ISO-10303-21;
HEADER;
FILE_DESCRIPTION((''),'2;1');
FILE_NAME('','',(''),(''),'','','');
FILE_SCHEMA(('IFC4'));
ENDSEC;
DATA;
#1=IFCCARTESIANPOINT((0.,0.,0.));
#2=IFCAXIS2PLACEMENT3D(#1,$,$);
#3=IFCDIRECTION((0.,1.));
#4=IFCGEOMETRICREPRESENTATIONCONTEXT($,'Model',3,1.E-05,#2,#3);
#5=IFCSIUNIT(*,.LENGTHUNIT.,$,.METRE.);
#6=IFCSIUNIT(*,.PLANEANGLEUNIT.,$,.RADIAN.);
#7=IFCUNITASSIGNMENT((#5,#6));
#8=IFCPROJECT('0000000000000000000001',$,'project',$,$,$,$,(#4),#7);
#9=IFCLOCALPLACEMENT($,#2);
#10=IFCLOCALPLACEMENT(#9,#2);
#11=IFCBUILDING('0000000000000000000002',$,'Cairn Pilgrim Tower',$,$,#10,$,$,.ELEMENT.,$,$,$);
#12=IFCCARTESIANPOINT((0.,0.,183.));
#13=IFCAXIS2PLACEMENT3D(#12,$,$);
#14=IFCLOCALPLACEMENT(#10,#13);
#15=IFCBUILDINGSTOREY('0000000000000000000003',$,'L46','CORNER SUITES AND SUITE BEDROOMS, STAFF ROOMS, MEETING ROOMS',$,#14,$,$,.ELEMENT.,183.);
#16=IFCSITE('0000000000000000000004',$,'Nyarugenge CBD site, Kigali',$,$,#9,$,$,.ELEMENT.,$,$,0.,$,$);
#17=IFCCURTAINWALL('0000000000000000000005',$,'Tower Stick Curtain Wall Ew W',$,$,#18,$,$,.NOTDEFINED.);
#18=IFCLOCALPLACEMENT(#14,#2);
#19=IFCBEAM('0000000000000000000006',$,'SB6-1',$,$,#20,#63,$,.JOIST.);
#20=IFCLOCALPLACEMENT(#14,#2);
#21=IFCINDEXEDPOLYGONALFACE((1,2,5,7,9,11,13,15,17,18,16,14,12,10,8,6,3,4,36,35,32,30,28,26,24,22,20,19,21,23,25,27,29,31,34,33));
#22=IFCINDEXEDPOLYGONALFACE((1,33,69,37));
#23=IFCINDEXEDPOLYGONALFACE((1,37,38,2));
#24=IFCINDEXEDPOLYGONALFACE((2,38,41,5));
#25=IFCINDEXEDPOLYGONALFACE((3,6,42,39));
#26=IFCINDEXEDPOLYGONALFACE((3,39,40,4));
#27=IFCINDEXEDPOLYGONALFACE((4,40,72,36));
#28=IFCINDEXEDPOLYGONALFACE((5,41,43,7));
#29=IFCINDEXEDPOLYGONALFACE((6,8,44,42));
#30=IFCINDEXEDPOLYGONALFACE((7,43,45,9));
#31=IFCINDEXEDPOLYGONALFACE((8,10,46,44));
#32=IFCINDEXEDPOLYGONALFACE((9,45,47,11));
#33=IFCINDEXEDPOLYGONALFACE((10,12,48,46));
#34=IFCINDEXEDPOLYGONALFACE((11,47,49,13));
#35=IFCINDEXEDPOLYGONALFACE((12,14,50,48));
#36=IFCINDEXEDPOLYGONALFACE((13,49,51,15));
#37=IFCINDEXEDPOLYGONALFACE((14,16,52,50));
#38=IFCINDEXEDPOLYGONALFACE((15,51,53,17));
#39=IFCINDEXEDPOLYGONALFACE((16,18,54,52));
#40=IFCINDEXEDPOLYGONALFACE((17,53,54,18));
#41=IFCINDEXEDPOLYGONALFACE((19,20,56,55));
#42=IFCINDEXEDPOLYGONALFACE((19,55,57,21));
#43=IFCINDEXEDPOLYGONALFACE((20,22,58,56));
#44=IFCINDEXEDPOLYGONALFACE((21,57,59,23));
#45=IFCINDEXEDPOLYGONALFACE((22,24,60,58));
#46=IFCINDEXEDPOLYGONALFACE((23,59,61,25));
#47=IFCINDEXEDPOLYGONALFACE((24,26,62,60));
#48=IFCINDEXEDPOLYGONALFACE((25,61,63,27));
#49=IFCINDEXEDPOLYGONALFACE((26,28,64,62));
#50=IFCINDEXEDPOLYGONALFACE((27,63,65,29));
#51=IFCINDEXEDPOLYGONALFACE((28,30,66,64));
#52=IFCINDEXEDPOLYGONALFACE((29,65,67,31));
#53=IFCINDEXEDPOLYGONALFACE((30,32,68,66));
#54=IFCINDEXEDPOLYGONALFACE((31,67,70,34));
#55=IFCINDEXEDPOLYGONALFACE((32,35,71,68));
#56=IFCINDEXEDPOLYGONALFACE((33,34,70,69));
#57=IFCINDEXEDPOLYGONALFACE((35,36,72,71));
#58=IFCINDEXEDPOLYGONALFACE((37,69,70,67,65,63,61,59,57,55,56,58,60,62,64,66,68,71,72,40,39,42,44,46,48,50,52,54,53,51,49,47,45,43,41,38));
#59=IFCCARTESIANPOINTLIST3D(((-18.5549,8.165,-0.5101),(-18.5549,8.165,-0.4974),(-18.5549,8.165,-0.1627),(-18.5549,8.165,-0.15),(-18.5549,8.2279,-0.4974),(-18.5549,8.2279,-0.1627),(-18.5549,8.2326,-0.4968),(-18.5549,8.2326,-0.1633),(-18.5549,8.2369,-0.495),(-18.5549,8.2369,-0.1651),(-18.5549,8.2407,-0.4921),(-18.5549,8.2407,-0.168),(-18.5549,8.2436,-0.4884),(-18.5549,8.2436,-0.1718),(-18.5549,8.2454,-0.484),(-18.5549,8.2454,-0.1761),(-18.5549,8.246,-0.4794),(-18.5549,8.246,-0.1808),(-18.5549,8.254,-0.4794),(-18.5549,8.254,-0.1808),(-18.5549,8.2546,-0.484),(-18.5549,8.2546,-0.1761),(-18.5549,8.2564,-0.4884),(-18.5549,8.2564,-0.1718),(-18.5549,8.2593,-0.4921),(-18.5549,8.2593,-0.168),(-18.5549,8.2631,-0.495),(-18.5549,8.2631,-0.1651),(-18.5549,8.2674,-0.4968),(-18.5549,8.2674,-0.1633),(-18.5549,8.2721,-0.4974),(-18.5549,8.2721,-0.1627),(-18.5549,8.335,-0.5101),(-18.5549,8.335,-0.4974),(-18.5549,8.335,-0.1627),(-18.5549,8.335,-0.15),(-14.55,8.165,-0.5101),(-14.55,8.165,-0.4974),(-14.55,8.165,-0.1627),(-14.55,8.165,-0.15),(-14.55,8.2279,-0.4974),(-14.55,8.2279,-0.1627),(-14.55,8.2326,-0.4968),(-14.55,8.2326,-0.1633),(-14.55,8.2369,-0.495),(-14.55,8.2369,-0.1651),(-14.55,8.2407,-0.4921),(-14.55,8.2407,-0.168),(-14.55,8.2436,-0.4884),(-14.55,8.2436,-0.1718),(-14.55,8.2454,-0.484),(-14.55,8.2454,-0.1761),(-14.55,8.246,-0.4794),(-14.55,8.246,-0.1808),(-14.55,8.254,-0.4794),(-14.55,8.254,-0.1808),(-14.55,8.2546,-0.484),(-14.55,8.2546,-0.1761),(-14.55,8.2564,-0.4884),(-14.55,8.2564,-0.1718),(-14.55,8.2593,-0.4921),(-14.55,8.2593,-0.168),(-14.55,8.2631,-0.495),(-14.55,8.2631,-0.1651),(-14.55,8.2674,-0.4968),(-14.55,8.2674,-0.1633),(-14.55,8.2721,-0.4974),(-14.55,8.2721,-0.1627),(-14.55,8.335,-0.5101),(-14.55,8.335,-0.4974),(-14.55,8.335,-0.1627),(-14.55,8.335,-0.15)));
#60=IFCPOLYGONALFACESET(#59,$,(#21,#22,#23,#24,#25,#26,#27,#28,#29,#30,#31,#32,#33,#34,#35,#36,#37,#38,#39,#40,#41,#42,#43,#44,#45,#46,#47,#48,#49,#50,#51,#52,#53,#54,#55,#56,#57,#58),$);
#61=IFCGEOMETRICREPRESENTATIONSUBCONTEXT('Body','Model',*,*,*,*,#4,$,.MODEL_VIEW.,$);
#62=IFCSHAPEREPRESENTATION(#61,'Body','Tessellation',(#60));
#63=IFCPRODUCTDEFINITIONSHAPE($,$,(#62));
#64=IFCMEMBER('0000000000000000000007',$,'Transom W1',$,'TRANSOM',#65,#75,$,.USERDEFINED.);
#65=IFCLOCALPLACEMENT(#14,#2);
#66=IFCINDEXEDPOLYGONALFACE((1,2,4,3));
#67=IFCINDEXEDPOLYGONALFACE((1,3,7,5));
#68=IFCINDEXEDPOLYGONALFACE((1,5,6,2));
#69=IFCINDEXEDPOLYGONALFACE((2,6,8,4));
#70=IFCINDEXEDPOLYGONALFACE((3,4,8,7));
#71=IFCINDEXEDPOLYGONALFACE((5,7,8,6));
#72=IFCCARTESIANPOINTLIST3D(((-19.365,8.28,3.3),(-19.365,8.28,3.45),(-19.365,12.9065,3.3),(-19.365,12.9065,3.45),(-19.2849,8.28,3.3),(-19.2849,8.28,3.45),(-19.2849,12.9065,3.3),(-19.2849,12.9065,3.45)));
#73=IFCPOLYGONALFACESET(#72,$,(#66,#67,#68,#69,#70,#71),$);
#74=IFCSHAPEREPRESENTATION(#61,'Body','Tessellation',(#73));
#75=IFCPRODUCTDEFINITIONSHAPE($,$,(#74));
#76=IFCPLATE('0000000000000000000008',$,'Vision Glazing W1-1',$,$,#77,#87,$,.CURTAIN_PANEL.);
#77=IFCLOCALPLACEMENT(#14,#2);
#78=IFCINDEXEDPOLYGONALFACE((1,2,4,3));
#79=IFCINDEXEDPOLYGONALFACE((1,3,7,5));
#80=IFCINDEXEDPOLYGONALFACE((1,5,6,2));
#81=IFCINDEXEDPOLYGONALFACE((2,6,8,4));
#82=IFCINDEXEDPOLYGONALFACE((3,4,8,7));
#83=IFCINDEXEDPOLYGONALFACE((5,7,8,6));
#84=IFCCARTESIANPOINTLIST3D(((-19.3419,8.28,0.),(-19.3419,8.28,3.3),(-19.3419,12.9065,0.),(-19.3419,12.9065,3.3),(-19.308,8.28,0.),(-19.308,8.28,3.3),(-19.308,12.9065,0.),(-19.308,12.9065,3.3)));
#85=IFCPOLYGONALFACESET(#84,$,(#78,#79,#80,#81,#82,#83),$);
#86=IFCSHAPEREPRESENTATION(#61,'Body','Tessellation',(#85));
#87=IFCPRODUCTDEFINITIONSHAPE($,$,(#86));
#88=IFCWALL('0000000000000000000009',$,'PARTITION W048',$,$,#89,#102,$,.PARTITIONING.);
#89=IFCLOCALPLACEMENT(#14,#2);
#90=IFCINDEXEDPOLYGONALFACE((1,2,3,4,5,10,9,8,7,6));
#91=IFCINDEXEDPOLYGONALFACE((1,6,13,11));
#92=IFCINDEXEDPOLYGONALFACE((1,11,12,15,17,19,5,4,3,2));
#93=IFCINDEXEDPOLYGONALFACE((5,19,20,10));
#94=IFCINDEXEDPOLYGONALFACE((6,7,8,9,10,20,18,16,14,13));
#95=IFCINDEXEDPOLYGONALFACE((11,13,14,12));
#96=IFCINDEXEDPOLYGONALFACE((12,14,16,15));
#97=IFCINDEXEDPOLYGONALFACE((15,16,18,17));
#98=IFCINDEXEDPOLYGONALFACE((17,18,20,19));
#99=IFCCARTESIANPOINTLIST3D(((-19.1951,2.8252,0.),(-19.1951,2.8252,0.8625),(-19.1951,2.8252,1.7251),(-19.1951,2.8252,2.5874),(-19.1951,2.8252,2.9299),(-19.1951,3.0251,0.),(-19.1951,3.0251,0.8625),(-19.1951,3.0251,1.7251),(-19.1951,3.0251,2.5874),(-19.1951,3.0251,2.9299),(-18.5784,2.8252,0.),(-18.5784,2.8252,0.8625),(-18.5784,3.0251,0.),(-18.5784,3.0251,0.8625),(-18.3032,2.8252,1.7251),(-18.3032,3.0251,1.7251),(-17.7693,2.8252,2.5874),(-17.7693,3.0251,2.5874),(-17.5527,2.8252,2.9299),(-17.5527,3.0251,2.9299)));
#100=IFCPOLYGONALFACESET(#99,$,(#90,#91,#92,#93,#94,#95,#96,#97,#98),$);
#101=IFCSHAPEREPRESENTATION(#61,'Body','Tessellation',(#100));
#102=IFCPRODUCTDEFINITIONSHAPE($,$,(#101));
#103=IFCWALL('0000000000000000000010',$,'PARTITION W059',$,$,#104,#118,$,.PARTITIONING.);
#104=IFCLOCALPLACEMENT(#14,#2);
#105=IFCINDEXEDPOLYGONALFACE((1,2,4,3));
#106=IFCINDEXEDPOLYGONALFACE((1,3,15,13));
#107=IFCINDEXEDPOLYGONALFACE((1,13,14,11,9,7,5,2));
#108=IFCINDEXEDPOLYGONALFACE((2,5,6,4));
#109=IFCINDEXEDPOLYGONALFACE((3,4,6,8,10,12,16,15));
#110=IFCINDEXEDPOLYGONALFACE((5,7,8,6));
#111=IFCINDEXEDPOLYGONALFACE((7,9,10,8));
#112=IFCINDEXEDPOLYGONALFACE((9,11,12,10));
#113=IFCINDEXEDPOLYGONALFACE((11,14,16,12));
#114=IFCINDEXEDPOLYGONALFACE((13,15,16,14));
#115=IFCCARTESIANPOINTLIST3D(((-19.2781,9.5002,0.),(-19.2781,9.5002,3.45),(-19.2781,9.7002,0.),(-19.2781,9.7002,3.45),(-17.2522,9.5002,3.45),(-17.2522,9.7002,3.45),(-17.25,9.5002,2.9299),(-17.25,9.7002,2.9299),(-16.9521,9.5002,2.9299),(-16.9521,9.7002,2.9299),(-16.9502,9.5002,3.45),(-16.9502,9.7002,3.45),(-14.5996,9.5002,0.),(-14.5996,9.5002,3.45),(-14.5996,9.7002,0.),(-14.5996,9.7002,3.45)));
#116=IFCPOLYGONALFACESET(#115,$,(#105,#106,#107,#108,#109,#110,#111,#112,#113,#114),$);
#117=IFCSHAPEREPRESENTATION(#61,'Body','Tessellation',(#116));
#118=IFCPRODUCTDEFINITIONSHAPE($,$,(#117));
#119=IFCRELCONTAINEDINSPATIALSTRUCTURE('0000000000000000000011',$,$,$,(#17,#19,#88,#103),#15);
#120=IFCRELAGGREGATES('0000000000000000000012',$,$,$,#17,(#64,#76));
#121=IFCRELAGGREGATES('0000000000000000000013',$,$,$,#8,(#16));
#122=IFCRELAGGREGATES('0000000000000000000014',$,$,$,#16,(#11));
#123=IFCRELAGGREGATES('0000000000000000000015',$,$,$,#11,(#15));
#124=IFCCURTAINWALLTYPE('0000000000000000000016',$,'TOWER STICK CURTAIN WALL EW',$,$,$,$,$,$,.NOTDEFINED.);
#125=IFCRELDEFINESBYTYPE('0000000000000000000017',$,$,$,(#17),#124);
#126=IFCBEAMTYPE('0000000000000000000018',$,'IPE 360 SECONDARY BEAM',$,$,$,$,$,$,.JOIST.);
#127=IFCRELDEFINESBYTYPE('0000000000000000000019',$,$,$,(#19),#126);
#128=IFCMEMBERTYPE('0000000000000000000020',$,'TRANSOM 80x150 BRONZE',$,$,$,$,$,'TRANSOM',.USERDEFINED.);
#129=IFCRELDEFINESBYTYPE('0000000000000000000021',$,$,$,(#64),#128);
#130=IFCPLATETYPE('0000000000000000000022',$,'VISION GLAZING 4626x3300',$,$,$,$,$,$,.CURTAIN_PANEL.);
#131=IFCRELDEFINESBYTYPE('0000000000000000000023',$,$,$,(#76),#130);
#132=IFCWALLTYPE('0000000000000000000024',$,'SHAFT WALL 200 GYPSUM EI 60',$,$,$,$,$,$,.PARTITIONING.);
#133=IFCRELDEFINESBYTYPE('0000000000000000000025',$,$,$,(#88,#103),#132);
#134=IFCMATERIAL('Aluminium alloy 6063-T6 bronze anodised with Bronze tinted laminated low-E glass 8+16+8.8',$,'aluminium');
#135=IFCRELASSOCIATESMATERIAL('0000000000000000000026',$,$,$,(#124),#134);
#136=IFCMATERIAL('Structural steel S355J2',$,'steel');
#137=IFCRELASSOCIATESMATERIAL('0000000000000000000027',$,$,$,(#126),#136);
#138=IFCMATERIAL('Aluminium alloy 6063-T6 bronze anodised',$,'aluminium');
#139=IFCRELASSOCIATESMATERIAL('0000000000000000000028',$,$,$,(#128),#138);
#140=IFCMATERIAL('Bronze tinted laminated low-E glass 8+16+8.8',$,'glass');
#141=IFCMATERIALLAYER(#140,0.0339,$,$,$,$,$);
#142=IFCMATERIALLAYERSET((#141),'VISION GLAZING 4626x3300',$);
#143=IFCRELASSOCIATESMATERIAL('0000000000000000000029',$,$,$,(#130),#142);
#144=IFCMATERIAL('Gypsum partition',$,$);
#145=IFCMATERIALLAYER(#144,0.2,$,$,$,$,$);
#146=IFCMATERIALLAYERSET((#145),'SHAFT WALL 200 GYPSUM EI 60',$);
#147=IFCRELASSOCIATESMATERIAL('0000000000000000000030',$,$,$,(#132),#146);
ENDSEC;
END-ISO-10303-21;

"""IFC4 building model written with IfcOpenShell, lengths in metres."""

from ifc_helpers import new_model, si_unit, direction, frame, origin, origin_2d, place, context, subcontext, project, spatial, polyline, rectangle, i_section, outline, extrude, material, layer, layer_set, material_profile, profile_set, type_object, element, aggregate, save


model = new_model("IFC4")

# Units and contexts
model_context = context("Model", 3, precision=1e-05, world=origin(), true_north=direction((0.0, 1.0)))
body_context = subcontext(model_context, "Body", "Model", "MODEL_VIEW")
ifc_project = project(units=[si_unit("LENGTHUNIT", "METRE"), si_unit("PLANEANGLEUNIT", "RADIAN")], contexts=[model_context])

# Site, building, storey
site_placement = place(None, origin())
site = spatial("IfcSite", under=ifc_project, at=site_placement, Name="Nyarugenge CBD site, Kigali", CompositionType="ELEMENT", RefElevation=0.0)
building_placement = place(site_placement, origin())
building = spatial("IfcBuilding", under=site, at=building_placement, Name="Cairn Pilgrim Tower", CompositionType="ELEMENT")
storey_placement = place(building_placement, frame((0.0, 0.0, 183.0)))
storey = spatial("IfcBuildingStorey", under=building, at=storey_placement, Name="L46", Description="CORNER SUITES AND SUITE BEDROOMS, STAFF ROOMS, MEETING ROOMS", CompositionType="ELEMENT", Elevation=183.0)

# Shared definitions
ifc_material_1 = material(Name="Structural steel S355J2", Category="steel")

# Curtain wall
ifc_material_2 = material(Name="Aluminium alloy 6063-T6 bronze anodised with Bronze tinted laminated low-E glass 8+16+8.8", Category="aluminium")
curtain_wall_type = type_object("IfcCurtainWallType", Name="TOWER STICK CURTAIN WALL EW", PredefinedType="NOTDEFINED", material=ifc_material_2)
curtain_wall_placement = place(storey_placement, origin())
curtain_wall = element("IfcCurtainWall", 1, at=curtain_wall_placement, inside=storey, type_object=curtain_wall_type, Name="Tower Stick Curtain Wall Ew W", PredefinedType="NOTDEFINED")
ifc_material_3 = material(Name="Aluminium alloy 6063-T6 bronze anodised", Category="aluminium")

# Beam
ifc_material_profile_1 = material_profile(ifc_material_1, i_section(OverallWidth=0.1699, OverallDepth=0.3601, WebThickness=0.0081, FlangeThickness=0.0127, FilletRadius=0.0181, at=origin_2d()), Name="IPE 360")
ifc_profile_set_1 = profile_set([ifc_material_profile_1], Name="Structural steel S355J2")
beam_type_1 = type_object("IfcBeamType", Name="IPE 360 SECONDARY BEAM", PredefinedType="JOIST", material=ifc_profile_set_1)
for number, where, z_axis, x_axis, name in (
    (2, (-18.5549, 8.25, -0.3301), (1.0, 0.0, 0.0), (0.0, 1.0, 0.0), "SB6-1"),
):
    element("IfcBeam", number, at=place(storey_placement, frame(where, z_axis=z_axis, x_axis=x_axis)), inside=storey, type_object=beam_type_1, Name=name, PredefinedType="JOIST", context=body_context, shape_type="SweptSolid", body=[
        extrude(i_section(OverallWidth=0.1699, OverallDepth=0.3601, WebThickness=0.0081, FlangeThickness=0.0127, FilletRadius=0.0181, at=origin_2d()), origin(), (0.0, 0.0, 1.0), 4.0049),
    ])

# Member
ifc_material_profile_2 = material_profile(ifc_material_3, rectangle(XDim=0.0801, YDim=0.1499, at=origin_2d()), Name="TRANSOM 80x150 BRONZE")
ifc_profile_set_2 = profile_set([ifc_material_profile_2], Name="Aluminium alloy 6063-T6 bronze anodised")
member_type_1 = type_object("IfcMemberType", Name="TRANSOM 80x150 BRONZE", ElementType="TRANSOM", PredefinedType="USERDEFINED", material=ifc_profile_set_2)
member_1_placement = place(storey_placement, frame((-19.325, 12.9065, 3.375), z_axis=(0.0, -1.0, 0.0), x_axis=(1.0, 0.0, 0.0)))
member_1 = element("IfcMember", 3, at=member_1_placement, type_object=member_type_1, Name="Transom W1", ObjectType="TRANSOM", PredefinedType="USERDEFINED", context=body_context, shape_type="SweptSolid", body=[
    extrude(rectangle(XDim=0.0801, YDim=0.1499, at=origin_2d()), origin(), (0.0, 0.0, 1.0), 4.6265),
])

# Plate
ifc_material_4 = material(Name="Bronze tinted laminated low-E glass 8+16+8.8", Category="glass")
ifc_layer_1 = layer(ifc_material_4, 0.0339)
ifc_layer_set_1 = layer_set([ifc_layer_1], Name="VISION GLAZING 4626x3300")
plate_type = type_object("IfcPlateType", Name="VISION GLAZING 4626x3300", PredefinedType="CURTAIN_PANEL", material=ifc_layer_set_1)
plate_placement = place(storey_placement, frame((-19.325, 10.5933, 0.0), z_axis=(0.0, 0.0, 1.0), x_axis=(0.0, -1.0, 0.0)))
plate = element("IfcPlate", 4, at=plate_placement, type_object=plate_type, Name="Vision Glazing W1-1", PredefinedType="CURTAIN_PANEL", context=body_context, shape_type="SweptSolid", body=[
    extrude(rectangle(XDim=4.6265, YDim=0.0339, at=origin_2d()), origin(), (0.0, 0.0, 1.0), 3.3),
])
aggregate(curtain_wall, [member_1, plate])

# Walls
ifc_material_5 = material(Name="Gypsum partition")
ifc_layer_2 = layer(ifc_material_5, 0.2)
ifc_layer_set_2 = layer_set([ifc_layer_2], Name="SHAFT WALL 200 GYPSUM EI 60")
wall_type_1 = type_object("IfcWallType", Name="SHAFT WALL 200 GYPSUM EI 60", PredefinedType="PARTITIONING", material=ifc_layer_set_2)
wall_1_placement = place(storey_placement, frame((-19.1951, 2.925, 0.0), z_axis=(0.0, 0.0, 1.0), x_axis=(1.0, 0.0, 0.0)))
element("IfcWall", 5, at=wall_1_placement, inside=storey, type_object=wall_type_1, Name="PARTITION W048", PredefinedType="PARTITIONING", context=body_context, shape_type="SweptSolid", body=[
    extrude(outline(polyline([(0.0, 0.0), (0.6167, 0.0), (0.6167, 0.8625), (0.8918, 1.7251), (1.4258, 2.5874), (1.6423, 2.9299), (0.0, 2.9299), (0.0, 2.5874), (0.0, 1.7251), (0.0, 0.8625), (0.0, 0.0)])), frame((0.0, 0.1001, 0.0), z_axis=(0.0, -1.0, 0.0), x_axis=(1.0, 0.0, 0.0)), (0.0, 0.0, 1.0), 0.2),
])
wall_2_placement = place(storey_placement, frame((-19.2781, 9.6001, 0.0), z_axis=(0.0, 0.0, 1.0), x_axis=(1.0, 0.0, 0.0)))
element("IfcWall", 6, at=wall_2_placement, inside=storey, type_object=wall_type_1, Name="PARTITION W059", PredefinedType="PARTITIONING", context=body_context, shape_type="SweptSolid", body=[
    extrude(outline(polyline([(0.0, 0.0), (4.6785, 0.0), (4.6785, 3.45), (2.3279, 3.45), (2.3259, 2.9299), (2.0281, 2.9299), (2.0259, 3.45), (0.0, 3.45), (0.0, 0.0)])), frame((0.0, 0.1001, 0.0), z_axis=(0.0, -1.0, 0.0), x_axis=(1.0, 0.0, 0.0)), (0.0, 0.0, 1.0), 0.2),
])

save(model, "model.ifc")
